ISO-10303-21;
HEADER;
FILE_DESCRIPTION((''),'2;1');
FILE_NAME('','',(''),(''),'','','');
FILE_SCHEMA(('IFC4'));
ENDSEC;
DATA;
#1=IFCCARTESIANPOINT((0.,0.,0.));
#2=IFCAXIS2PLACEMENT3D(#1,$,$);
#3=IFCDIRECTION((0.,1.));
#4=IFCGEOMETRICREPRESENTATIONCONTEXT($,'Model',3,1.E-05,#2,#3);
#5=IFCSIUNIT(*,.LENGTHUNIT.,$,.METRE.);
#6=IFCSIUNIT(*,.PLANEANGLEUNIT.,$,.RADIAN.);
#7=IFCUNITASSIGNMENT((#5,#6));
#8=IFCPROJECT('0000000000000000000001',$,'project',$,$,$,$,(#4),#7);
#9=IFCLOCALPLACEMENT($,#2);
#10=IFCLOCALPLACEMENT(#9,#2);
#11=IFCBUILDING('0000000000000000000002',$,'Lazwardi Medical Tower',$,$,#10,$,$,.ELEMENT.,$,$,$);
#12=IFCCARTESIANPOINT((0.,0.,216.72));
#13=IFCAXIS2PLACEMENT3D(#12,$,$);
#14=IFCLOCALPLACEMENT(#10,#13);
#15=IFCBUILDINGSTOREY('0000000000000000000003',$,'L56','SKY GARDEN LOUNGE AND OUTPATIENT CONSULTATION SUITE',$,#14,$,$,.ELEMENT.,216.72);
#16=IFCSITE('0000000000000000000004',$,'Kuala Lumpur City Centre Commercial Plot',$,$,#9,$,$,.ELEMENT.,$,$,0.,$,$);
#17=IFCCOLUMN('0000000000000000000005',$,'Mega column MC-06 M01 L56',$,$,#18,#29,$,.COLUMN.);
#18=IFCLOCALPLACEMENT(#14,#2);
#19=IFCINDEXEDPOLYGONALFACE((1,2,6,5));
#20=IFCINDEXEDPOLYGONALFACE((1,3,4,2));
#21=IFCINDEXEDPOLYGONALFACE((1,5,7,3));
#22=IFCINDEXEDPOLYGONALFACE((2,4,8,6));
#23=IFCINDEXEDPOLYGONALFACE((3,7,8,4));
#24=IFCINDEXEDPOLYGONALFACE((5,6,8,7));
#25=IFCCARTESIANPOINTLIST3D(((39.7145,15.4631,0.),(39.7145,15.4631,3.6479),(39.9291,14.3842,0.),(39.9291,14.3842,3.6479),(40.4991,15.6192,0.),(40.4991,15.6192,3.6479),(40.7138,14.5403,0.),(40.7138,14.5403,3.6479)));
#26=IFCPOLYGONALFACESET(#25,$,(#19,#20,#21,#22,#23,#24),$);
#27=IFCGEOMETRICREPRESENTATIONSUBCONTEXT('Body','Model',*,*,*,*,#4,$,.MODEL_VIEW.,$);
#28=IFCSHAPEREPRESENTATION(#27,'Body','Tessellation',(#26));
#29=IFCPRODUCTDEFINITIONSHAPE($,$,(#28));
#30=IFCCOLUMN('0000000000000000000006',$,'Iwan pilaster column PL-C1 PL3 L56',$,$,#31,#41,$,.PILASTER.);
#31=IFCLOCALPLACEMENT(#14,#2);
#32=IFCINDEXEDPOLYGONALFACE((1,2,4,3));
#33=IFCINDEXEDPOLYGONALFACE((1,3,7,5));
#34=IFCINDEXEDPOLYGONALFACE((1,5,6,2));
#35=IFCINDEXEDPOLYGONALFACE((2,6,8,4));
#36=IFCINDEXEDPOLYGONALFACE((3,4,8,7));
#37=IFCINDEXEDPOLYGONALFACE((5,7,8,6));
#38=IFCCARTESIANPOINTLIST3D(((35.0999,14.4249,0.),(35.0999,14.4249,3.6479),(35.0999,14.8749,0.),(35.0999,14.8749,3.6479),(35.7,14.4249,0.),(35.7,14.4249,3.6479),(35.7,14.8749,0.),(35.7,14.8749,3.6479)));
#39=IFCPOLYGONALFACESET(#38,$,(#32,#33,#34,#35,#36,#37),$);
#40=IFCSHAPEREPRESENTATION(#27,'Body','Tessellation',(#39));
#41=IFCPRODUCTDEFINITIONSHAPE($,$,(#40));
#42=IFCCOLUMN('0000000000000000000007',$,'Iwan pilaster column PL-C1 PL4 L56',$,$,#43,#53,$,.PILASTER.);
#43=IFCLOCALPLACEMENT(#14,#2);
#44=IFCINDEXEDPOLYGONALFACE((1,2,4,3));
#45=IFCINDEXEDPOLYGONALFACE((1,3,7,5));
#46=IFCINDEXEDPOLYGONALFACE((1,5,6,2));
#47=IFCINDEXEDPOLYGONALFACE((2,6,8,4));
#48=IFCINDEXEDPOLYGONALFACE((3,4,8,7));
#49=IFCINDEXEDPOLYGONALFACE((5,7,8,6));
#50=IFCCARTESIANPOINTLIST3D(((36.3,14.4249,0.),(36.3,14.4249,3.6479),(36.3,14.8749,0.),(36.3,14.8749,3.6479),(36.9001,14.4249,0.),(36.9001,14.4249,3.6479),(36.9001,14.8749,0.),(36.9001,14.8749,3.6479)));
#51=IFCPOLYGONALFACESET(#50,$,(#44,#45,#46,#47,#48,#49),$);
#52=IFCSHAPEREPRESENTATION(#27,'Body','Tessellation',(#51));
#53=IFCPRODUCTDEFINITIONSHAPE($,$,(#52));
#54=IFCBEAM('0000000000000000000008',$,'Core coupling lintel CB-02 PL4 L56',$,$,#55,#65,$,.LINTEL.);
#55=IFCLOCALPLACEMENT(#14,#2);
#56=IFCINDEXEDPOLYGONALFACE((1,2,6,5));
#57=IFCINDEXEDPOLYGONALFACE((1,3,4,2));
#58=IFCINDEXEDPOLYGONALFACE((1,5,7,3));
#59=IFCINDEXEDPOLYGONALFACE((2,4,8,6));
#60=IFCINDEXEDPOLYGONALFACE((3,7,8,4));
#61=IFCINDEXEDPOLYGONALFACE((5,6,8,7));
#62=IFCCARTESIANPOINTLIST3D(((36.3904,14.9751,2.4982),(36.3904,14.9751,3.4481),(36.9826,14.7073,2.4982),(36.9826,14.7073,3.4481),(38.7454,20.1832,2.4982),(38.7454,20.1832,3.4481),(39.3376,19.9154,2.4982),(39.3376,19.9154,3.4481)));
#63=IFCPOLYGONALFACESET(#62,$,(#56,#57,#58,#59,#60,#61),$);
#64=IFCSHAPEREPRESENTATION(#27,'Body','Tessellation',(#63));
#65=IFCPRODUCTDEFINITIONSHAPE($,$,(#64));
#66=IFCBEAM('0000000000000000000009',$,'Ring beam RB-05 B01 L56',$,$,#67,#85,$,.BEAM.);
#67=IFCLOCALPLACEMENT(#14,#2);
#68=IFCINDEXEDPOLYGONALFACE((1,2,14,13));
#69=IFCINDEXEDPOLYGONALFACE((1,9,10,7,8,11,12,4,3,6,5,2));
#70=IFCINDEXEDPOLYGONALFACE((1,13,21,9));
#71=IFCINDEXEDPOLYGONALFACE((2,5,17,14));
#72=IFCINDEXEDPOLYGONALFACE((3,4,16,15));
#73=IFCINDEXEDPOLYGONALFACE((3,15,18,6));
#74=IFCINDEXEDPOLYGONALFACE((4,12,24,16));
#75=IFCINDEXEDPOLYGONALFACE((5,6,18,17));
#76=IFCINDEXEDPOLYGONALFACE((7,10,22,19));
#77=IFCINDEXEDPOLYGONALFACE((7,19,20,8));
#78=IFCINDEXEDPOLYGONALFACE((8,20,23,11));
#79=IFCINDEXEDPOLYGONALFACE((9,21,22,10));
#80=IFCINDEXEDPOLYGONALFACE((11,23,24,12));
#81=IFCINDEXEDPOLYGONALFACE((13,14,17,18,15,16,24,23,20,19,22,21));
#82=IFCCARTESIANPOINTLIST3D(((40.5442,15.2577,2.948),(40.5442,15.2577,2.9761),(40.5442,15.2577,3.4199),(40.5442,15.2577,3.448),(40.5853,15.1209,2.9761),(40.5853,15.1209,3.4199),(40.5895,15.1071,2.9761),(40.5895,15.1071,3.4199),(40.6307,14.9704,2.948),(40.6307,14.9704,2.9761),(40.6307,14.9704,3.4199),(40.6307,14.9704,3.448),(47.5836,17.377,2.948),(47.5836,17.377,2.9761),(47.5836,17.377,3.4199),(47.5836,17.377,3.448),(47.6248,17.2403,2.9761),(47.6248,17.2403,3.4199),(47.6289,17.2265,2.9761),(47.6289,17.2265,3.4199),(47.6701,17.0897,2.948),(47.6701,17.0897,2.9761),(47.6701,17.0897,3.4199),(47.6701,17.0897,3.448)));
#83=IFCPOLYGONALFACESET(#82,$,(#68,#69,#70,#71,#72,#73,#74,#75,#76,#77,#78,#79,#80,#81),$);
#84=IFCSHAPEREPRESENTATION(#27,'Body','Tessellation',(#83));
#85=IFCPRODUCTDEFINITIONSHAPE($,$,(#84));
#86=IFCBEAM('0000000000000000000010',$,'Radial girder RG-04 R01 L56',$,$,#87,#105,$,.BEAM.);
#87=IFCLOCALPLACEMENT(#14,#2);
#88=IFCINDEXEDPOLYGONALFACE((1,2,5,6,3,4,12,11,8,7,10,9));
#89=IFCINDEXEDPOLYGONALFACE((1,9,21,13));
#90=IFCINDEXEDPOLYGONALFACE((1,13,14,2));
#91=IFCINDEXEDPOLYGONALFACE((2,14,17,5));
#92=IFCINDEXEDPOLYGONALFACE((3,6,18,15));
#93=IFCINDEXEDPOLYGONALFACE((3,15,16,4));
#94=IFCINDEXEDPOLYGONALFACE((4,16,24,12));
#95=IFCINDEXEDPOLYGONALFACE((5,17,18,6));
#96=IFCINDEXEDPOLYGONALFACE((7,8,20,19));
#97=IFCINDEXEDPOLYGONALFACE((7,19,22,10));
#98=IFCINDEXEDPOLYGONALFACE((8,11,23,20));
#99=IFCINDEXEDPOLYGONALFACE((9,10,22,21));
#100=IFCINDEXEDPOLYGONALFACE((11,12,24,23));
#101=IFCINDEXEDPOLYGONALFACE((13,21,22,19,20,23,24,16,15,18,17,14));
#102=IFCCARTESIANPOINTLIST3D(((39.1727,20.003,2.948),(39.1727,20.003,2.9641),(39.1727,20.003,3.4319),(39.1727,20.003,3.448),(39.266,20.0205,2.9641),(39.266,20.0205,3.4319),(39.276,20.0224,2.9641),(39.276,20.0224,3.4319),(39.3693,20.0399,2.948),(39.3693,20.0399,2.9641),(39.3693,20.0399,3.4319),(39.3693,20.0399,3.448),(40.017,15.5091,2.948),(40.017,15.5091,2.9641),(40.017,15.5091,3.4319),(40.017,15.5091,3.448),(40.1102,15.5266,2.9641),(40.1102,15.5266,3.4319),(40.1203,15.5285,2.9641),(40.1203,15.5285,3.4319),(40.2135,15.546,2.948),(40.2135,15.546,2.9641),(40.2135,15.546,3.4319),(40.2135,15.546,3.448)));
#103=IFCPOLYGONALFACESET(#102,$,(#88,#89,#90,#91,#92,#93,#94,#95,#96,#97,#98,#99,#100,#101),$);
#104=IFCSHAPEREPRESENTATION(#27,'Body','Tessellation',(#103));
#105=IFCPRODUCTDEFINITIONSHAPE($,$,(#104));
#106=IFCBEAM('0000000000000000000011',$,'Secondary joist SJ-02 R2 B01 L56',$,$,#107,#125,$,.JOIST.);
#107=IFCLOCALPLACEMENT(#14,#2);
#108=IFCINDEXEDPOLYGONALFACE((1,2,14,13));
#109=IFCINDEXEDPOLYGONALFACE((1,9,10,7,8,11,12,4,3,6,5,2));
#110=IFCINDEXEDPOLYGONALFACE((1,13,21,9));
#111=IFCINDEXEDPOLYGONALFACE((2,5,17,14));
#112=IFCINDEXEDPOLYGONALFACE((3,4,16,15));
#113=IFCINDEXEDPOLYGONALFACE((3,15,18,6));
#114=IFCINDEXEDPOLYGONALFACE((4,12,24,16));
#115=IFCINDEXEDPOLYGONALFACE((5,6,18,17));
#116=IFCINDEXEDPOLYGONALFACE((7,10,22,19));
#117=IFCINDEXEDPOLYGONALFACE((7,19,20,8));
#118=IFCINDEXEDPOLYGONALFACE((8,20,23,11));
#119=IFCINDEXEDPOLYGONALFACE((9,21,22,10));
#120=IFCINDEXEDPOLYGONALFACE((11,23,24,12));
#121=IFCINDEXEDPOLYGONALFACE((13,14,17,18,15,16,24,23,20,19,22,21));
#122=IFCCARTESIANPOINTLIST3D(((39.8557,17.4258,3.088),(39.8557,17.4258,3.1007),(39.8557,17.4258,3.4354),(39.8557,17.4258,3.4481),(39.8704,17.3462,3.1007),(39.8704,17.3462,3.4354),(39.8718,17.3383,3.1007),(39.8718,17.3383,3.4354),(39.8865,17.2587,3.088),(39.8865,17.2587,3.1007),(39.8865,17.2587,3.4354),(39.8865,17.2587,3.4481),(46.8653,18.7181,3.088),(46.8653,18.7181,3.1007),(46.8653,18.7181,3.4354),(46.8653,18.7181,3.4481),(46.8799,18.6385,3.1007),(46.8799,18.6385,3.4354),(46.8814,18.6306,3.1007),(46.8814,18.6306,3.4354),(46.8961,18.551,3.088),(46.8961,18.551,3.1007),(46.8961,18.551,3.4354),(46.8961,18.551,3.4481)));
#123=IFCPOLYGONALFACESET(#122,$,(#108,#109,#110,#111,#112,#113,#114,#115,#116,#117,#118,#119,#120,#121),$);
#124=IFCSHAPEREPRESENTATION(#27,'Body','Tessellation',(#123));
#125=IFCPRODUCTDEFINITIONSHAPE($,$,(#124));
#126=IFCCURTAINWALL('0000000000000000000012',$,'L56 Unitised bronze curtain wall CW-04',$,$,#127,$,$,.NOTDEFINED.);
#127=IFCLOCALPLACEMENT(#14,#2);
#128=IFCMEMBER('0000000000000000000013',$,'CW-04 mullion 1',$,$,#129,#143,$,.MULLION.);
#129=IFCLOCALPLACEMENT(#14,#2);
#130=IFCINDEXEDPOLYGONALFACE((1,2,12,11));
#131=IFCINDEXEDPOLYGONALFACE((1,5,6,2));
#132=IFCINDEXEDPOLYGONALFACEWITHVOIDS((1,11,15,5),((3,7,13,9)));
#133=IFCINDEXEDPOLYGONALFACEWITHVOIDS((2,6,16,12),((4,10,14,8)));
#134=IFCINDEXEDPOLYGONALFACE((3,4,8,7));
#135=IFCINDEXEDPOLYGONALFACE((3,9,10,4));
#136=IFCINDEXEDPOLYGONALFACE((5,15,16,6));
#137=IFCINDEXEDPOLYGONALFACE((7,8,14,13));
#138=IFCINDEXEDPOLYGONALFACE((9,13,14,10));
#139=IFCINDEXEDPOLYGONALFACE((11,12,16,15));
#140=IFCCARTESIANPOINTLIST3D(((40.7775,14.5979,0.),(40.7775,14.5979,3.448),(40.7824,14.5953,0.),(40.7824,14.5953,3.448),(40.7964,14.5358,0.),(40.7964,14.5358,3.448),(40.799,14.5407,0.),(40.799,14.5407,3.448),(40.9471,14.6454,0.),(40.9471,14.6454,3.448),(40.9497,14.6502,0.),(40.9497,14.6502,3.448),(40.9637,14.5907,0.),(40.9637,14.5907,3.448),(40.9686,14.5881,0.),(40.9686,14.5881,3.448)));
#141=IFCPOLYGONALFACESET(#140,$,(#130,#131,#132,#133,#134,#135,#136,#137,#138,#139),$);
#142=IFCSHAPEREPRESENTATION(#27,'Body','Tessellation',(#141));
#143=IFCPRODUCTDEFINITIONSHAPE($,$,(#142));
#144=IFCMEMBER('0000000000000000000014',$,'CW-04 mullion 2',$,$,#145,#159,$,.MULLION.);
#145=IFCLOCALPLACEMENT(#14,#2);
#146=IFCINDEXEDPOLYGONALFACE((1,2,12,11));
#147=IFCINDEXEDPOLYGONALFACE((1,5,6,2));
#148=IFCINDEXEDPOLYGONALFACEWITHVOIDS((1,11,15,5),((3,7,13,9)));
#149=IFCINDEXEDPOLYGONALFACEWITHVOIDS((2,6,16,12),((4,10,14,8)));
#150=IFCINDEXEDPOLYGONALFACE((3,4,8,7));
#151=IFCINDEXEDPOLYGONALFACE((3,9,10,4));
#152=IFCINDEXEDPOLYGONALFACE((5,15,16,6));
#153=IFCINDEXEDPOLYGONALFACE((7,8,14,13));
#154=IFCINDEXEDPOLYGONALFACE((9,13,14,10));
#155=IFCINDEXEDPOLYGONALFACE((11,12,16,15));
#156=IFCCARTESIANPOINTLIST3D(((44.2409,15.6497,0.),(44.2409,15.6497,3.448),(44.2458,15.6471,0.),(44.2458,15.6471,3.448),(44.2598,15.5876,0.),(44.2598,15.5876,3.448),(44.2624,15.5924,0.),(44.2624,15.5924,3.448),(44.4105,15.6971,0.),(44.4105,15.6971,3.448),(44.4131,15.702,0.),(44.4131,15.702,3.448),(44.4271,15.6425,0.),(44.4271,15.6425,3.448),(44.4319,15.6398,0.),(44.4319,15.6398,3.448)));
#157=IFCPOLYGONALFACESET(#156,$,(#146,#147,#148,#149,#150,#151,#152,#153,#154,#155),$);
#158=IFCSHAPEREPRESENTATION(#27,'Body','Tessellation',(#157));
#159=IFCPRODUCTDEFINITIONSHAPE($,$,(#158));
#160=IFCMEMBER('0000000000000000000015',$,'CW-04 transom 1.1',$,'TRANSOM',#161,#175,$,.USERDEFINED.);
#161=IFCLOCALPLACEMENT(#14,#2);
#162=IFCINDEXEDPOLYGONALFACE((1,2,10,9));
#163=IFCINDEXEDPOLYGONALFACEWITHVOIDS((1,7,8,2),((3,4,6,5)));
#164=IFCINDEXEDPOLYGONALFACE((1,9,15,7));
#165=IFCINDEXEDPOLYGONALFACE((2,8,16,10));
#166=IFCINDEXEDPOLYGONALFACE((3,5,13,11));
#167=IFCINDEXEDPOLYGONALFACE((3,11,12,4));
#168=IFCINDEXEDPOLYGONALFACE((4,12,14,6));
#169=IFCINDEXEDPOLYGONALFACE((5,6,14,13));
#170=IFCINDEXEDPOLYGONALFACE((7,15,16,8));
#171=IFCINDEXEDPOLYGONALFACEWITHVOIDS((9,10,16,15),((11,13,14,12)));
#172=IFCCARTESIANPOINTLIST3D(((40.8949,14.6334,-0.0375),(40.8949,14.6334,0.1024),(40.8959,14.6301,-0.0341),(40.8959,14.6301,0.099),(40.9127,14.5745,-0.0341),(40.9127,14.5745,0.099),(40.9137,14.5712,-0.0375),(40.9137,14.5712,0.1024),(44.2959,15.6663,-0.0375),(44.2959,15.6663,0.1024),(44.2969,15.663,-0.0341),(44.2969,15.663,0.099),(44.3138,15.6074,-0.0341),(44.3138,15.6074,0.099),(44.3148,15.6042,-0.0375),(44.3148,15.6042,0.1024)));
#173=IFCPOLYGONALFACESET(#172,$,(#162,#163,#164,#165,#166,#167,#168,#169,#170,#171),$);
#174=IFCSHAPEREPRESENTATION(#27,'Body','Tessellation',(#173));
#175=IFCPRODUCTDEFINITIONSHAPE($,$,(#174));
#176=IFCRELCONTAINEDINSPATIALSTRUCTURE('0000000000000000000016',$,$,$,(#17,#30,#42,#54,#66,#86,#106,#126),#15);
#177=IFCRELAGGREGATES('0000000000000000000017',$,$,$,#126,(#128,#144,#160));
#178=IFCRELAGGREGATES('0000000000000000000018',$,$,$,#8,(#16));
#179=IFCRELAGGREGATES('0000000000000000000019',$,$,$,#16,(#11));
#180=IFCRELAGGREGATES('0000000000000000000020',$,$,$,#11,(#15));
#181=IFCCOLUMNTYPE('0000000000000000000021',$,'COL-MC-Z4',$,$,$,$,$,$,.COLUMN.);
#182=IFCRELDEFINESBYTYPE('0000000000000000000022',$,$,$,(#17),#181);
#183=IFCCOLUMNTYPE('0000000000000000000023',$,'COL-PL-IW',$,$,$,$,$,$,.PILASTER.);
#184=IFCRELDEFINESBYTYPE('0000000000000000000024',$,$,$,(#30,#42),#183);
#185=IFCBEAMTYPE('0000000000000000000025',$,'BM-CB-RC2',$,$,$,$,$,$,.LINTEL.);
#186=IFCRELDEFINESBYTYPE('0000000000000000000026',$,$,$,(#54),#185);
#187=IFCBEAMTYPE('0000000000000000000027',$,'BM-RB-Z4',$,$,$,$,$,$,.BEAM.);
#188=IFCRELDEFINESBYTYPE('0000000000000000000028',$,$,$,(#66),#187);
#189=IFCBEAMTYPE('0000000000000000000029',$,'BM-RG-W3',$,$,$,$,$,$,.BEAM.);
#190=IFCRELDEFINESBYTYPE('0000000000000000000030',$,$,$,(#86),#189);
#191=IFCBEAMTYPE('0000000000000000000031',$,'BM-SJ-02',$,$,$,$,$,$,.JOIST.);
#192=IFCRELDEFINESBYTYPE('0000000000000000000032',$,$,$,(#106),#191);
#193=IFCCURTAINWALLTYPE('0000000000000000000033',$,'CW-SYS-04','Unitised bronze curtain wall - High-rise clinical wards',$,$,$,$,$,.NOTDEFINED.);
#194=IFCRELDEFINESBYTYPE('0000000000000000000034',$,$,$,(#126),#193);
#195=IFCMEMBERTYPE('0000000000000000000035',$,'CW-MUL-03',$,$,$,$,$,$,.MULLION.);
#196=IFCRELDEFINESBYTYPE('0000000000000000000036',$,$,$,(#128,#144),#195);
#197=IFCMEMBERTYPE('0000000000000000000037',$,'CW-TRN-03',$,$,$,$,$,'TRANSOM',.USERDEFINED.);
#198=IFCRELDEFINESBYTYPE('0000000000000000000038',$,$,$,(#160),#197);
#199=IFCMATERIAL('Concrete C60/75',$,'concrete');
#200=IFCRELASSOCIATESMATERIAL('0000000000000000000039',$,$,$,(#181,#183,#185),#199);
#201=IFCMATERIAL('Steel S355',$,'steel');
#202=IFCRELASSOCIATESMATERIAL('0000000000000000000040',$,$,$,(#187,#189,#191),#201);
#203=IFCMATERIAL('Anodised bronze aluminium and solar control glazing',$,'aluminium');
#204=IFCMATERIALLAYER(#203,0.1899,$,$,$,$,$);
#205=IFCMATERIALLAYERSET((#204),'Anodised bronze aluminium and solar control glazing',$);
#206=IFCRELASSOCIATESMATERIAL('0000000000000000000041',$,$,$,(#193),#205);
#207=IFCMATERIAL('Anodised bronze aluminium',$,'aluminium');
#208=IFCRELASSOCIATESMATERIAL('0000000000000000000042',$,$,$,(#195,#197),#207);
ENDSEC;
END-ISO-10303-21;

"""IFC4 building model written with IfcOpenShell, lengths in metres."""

from ifc_helpers import new_model, si_unit, direction, frame, origin, origin_2d, place, context, subcontext, project, spatial, rectangle, hollow_rectangle, i_section, extrude, material, layer, layer_set, material_profile, profile_set, type_object, element, aggregate, save


model = new_model("IFC4")

# Units and contexts
model_context = context("Model", 3, precision=1e-05, world=origin(), true_north=direction((0.0, 1.0)))
body_context = subcontext(model_context, "Body", "Model", "MODEL_VIEW")
ifc_project = project(units=[si_unit("LENGTHUNIT", "METRE"), si_unit("PLANEANGLEUNIT", "RADIAN")], contexts=[model_context])

# Site, building, storey
site_placement = place(None, origin())
site = spatial("IfcSite", under=ifc_project, at=site_placement, Name="Kuala Lumpur City Centre Commercial Plot", CompositionType="ELEMENT", RefElevation=0.0)
building_placement = place(site_placement, origin())
building = spatial("IfcBuilding", under=site, at=building_placement, Name="Lazwardi Medical Tower", CompositionType="ELEMENT")
storey_placement = place(building_placement, frame((0.0, 0.0, 216.72)))
storey = spatial("IfcBuildingStorey", under=building, at=storey_placement, Name="L56", Description="SKY GARDEN LOUNGE AND OUTPATIENT CONSULTATION SUITE", CompositionType="ELEMENT", Elevation=216.72)

# Columns
ifc_material_1 = material(Name="Concrete C60/75", Category="concrete")
ifc_material_profile_1 = material_profile(ifc_material_1, rectangle(XDim=1.1001, YDim=0.8, at=origin_2d()), Name="CFT-RECT 1100x800")
ifc_profile_set_1 = profile_set([ifc_material_profile_1], Name="Concrete C60/75")
column_type_1 = type_object("IfcColumnType", Name="COL-MC-Z4", PredefinedType="COLUMN", material=ifc_profile_set_1)
column_placement = place(storey_placement, frame((40.2141, 15.0017, 0.0), z_axis=(0.0, 0.0, 1.0), x_axis=(0.19509, -0.980785, 0.0)))
element("IfcColumn", 1, at=column_placement, inside=storey, type_object=column_type_1, Name="Mega column MC-06 M01 L56", PredefinedType="COLUMN", context=body_context, shape_type="SweptSolid", body=[
    extrude(rectangle(XDim=1.1001, YDim=0.8, at=origin_2d()), origin(), (0.0, 0.0, 1.0), 3.6479),
])
ifc_material_profile_2 = material_profile(ifc_material_1, rectangle(XDim=0.6001, YDim=0.45, at=origin_2d()), Name="RC 600x450")
ifc_profile_set_2 = profile_set([ifc_material_profile_2], Name="Concrete C60/75")
column_type_2 = type_object("IfcColumnType", Name="COL-PL-IW", PredefinedType="PILASTER", material=ifc_profile_set_2)
for number, where, z_axis, x_axis, name in (
    (2, (35.3999, 14.6499, 0.0), (0.0, 0.0, 1.0), (1.0, 0.0, 0.0), "Iwan pilaster column PL-C1 PL3 L56"),
    (3, (36.6001, 14.6499, 0.0), (0.0, 0.0, 1.0), (1.0, 0.0, 0.0), "Iwan pilaster column PL-C1 PL4 L56"),
):
    element("IfcColumn", number, at=place(storey_placement, frame(where, z_axis=z_axis, x_axis=x_axis)), inside=storey, type_object=column_type_2, Name=name, PredefinedType="PILASTER", context=body_context, shape_type="SweptSolid", body=[
        extrude(rectangle(XDim=0.6001, YDim=0.45, at=origin_2d()), origin(), (0.0, 0.0, 1.0), 3.6479),
    ])

# Beams
ifc_material_profile_3 = material_profile(ifc_material_1, rectangle(XDim=0.6499, YDim=0.95, at=origin_2d()), Name="RC 650x950")
ifc_profile_set_3 = profile_set([ifc_material_profile_3], Name="Concrete C60/75")
beam_type_1 = type_object("IfcBeamType", Name="BM-CB-RC2", PredefinedType="LINTEL", material=ifc_profile_set_3)
beam_1_placement = place(storey_placement, frame((39.0415, 20.0493, 2.9731), z_axis=(-0.412019, -0.911175, 0.0), x_axis=(0.911175, -0.412019, 0.0)))
element("IfcBeam", 4, at=beam_1_placement, inside=storey, type_object=beam_type_1, Name="Core coupling lintel CB-02 PL4 L56", PredefinedType="LINTEL", context=body_context, shape_type="SweptSolid", body=[
    extrude(rectangle(XDim=0.6499, YDim=0.95, at=origin_2d()), origin(), (0.0, 0.0, 1.0), 5.7158),
])
ifc_material_2 = material(Name="Steel S355", Category="steel")
ifc_material_profile_4 = material_profile(ifc_material_2, i_section(OverallWidth=0.3, OverallDepth=0.5, WebThickness=0.0144, FlangeThickness=0.0281, at=origin_2d()), Name="HEB 500")
ifc_profile_set_4 = profile_set([ifc_material_profile_4], Name="Steel S355")
beam_type_2 = type_object("IfcBeamType", Name="BM-RB-Z4", PredefinedType="BEAM", material=ifc_profile_set_4)
beam_2_placement = place(storey_placement, frame((40.5874, 15.114, 3.198), z_axis=(0.957544, 0.288286, 0.0), x_axis=(-0.288286, 0.957544, 0.0)))
element("IfcBeam", 5, at=beam_2_placement, inside=storey, type_object=beam_type_2, Name="Ring beam RB-05 B01 L56", PredefinedType="BEAM", context=body_context, shape_type="SweptSolid", body=[
    extrude(i_section(OverallWidth=0.3, OverallDepth=0.5, WebThickness=0.0144, FlangeThickness=0.0281, at=origin_2d()), origin(), (0.0, 0.0, 1.0), 7.3516),
])
ifc_material_profile_5 = material_profile(ifc_material_2, i_section(OverallWidth=0.2, OverallDepth=0.5, WebThickness=0.0103, FlangeThickness=0.0161, at=origin_2d()), Name="IPE 500")
ifc_profile_set_5 = profile_set([ifc_material_profile_5], Name="Steel S355")
beam_type_3 = type_object("IfcBeamType", Name="BM-RG-W3", PredefinedType="BEAM", material=ifc_profile_set_5)
beam_3_placement = place(storey_placement, frame((40.1152, 15.5276, 3.198), z_axis=(-0.184633, 0.982807, 0.0), x_axis=(-0.982807, -0.184633, 0.0)))
element("IfcBeam", 6, at=beam_3_placement, inside=storey, type_object=beam_type_3, Name="Radial girder RG-04 R01 L56", PredefinedType="BEAM", context=body_context, shape_type="SweptSolid", body=[
    extrude(i_section(OverallWidth=0.2, OverallDepth=0.5, WebThickness=0.0103, FlangeThickness=0.0161, at=origin_2d()), origin(), (0.0, 0.0, 1.0), 4.5725),
])
ifc_material_profile_6 = material_profile(ifc_material_2, i_section(OverallWidth=0.1699, OverallDepth=0.3601, WebThickness=0.0081, FlangeThickness=0.0127, at=origin_2d()), Name="IPE 360")
ifc_profile_set_6 = profile_set([ifc_material_profile_6], Name="Steel S355")
beam_type_4 = type_object("IfcBeamType", Name="BM-SJ-02", PredefinedType="JOIST", material=ifc_profile_set_6)
beam_4_placement = place(storey_placement, frame((39.8711, 17.3423, 3.2681), z_axis=(0.983428, 0.181299, 0.0), x_axis=(-0.181299, 0.983428, 0.0)))
element("IfcBeam", 7, at=beam_4_placement, inside=storey, type_object=beam_type_4, Name="Secondary joist SJ-02 R2 B01 L56", PredefinedType="JOIST", context=body_context, shape_type="SweptSolid", body=[
    extrude(i_section(OverallWidth=0.1699, OverallDepth=0.3601, WebThickness=0.0081, FlangeThickness=0.0127, at=origin_2d()), origin(), (0.0, 0.0, 1.0), 7.1277),
])

# Curtain wall, members
ifc_material_3 = material(Name="Anodised bronze aluminium and solar control glazing", Category="aluminium")
ifc_layer_1 = layer(ifc_material_3, 0.1899)
ifc_layer_set_1 = layer_set([ifc_layer_1], Name="Anodised bronze aluminium and solar control glazing")
curtain_wall_type = type_object("IfcCurtainWallType", Name="CW-SYS-04", Description="Unitised bronze curtain wall - High-rise clinical wards", PredefinedType="NOTDEFINED", material=ifc_layer_set_1)
curtain_wall_placement = place(storey_placement, origin())
curtain_wall = element("IfcCurtainWall", 8, at=curtain_wall_placement, inside=storey, type_object=curtain_wall_type, Name="L56 Unitised bronze curtain wall CW-04", PredefinedType="NOTDEFINED")
ifc_material_4 = material(Name="Anodised bronze aluminium", Category="aluminium")
ifc_material_profile_7 = material_profile(ifc_material_4, hollow_rectangle(XDim=0.0649, YDim=0.1799, WallThickness=0.0039, at=origin_2d()), Name="ALU-MULLION 180x65x4")
ifc_profile_set_7 = profile_set([ifc_material_profile_7], Name="Anodised bronze aluminium")
member_type_1 = type_object("IfcMemberType", Name="CW-MUL-03", PredefinedType="MULLION", material=ifc_profile_set_7)
member_1_placement = place(storey_placement, frame((40.873, 14.593, 0.0), z_axis=(0.0, 0.0, 1.0), x_axis=(-0.290582, 0.95685, 0.0)))
member_1 = element("IfcMember", 9, at=member_1_placement, type_object=member_type_1, Name="CW-04 mullion 1", PredefinedType="MULLION", context=body_context, shape_type="SweptSolid", body=[
    extrude(hollow_rectangle(XDim=0.0649, YDim=0.1799, WallThickness=0.0039, at=origin_2d()), origin(), (0.0, 0.0, 1.0), 3.448),
])
member_2_placement = place(storey_placement, frame((44.3364, 15.6448, 0.0), z_axis=(0.0, 0.0, 1.0), x_axis=(-0.290582, 0.95685, 0.0)))
member_2 = element("IfcMember", 10, at=member_2_placement, type_object=member_type_1, Name="CW-04 mullion 2", PredefinedType="MULLION", context=body_context, shape_type="SweptSolid", body=[
    extrude(hollow_rectangle(XDim=0.0649, YDim=0.1799, WallThickness=0.0039, at=origin_2d()), origin(), (0.0, 0.0, 1.0), 3.448),
])
ifc_material_profile_8 = material_profile(ifc_material_4, hollow_rectangle(XDim=0.0649, YDim=0.1399, WallThickness=0.0034, at=origin_2d()), Name="ALU-TRANSOM 140x65x3.5")
ifc_profile_set_8 = profile_set([ifc_material_profile_8], Name="Anodised bronze aluminium")
member_type_2 = type_object("IfcMemberType", Name="CW-TRN-03", ElementType="TRANSOM", PredefinedType="USERDEFINED", material=ifc_profile_set_8)
member_3_placement = place(storey_placement, frame((40.9043, 14.6023, 0.0325), z_axis=(0.956843, 0.290604, 0.0), x_axis=(-0.290604, 0.956843, 0.0)))
member_3 = element("IfcMember", 11, at=member_3_placement, type_object=member_type_2, Name="CW-04 transom 1.1", ObjectType="TRANSOM", PredefinedType="USERDEFINED", context=body_context, shape_type="SweptSolid", body=[
    extrude(hollow_rectangle(XDim=0.0649, YDim=0.1399, WallThickness=0.0034, at=origin_2d()), origin(), (0.0, 0.0, 1.0), 3.5544),
])
aggregate(curtain_wall, [member_1, member_2, member_3])

save(model, "model.ifc")
